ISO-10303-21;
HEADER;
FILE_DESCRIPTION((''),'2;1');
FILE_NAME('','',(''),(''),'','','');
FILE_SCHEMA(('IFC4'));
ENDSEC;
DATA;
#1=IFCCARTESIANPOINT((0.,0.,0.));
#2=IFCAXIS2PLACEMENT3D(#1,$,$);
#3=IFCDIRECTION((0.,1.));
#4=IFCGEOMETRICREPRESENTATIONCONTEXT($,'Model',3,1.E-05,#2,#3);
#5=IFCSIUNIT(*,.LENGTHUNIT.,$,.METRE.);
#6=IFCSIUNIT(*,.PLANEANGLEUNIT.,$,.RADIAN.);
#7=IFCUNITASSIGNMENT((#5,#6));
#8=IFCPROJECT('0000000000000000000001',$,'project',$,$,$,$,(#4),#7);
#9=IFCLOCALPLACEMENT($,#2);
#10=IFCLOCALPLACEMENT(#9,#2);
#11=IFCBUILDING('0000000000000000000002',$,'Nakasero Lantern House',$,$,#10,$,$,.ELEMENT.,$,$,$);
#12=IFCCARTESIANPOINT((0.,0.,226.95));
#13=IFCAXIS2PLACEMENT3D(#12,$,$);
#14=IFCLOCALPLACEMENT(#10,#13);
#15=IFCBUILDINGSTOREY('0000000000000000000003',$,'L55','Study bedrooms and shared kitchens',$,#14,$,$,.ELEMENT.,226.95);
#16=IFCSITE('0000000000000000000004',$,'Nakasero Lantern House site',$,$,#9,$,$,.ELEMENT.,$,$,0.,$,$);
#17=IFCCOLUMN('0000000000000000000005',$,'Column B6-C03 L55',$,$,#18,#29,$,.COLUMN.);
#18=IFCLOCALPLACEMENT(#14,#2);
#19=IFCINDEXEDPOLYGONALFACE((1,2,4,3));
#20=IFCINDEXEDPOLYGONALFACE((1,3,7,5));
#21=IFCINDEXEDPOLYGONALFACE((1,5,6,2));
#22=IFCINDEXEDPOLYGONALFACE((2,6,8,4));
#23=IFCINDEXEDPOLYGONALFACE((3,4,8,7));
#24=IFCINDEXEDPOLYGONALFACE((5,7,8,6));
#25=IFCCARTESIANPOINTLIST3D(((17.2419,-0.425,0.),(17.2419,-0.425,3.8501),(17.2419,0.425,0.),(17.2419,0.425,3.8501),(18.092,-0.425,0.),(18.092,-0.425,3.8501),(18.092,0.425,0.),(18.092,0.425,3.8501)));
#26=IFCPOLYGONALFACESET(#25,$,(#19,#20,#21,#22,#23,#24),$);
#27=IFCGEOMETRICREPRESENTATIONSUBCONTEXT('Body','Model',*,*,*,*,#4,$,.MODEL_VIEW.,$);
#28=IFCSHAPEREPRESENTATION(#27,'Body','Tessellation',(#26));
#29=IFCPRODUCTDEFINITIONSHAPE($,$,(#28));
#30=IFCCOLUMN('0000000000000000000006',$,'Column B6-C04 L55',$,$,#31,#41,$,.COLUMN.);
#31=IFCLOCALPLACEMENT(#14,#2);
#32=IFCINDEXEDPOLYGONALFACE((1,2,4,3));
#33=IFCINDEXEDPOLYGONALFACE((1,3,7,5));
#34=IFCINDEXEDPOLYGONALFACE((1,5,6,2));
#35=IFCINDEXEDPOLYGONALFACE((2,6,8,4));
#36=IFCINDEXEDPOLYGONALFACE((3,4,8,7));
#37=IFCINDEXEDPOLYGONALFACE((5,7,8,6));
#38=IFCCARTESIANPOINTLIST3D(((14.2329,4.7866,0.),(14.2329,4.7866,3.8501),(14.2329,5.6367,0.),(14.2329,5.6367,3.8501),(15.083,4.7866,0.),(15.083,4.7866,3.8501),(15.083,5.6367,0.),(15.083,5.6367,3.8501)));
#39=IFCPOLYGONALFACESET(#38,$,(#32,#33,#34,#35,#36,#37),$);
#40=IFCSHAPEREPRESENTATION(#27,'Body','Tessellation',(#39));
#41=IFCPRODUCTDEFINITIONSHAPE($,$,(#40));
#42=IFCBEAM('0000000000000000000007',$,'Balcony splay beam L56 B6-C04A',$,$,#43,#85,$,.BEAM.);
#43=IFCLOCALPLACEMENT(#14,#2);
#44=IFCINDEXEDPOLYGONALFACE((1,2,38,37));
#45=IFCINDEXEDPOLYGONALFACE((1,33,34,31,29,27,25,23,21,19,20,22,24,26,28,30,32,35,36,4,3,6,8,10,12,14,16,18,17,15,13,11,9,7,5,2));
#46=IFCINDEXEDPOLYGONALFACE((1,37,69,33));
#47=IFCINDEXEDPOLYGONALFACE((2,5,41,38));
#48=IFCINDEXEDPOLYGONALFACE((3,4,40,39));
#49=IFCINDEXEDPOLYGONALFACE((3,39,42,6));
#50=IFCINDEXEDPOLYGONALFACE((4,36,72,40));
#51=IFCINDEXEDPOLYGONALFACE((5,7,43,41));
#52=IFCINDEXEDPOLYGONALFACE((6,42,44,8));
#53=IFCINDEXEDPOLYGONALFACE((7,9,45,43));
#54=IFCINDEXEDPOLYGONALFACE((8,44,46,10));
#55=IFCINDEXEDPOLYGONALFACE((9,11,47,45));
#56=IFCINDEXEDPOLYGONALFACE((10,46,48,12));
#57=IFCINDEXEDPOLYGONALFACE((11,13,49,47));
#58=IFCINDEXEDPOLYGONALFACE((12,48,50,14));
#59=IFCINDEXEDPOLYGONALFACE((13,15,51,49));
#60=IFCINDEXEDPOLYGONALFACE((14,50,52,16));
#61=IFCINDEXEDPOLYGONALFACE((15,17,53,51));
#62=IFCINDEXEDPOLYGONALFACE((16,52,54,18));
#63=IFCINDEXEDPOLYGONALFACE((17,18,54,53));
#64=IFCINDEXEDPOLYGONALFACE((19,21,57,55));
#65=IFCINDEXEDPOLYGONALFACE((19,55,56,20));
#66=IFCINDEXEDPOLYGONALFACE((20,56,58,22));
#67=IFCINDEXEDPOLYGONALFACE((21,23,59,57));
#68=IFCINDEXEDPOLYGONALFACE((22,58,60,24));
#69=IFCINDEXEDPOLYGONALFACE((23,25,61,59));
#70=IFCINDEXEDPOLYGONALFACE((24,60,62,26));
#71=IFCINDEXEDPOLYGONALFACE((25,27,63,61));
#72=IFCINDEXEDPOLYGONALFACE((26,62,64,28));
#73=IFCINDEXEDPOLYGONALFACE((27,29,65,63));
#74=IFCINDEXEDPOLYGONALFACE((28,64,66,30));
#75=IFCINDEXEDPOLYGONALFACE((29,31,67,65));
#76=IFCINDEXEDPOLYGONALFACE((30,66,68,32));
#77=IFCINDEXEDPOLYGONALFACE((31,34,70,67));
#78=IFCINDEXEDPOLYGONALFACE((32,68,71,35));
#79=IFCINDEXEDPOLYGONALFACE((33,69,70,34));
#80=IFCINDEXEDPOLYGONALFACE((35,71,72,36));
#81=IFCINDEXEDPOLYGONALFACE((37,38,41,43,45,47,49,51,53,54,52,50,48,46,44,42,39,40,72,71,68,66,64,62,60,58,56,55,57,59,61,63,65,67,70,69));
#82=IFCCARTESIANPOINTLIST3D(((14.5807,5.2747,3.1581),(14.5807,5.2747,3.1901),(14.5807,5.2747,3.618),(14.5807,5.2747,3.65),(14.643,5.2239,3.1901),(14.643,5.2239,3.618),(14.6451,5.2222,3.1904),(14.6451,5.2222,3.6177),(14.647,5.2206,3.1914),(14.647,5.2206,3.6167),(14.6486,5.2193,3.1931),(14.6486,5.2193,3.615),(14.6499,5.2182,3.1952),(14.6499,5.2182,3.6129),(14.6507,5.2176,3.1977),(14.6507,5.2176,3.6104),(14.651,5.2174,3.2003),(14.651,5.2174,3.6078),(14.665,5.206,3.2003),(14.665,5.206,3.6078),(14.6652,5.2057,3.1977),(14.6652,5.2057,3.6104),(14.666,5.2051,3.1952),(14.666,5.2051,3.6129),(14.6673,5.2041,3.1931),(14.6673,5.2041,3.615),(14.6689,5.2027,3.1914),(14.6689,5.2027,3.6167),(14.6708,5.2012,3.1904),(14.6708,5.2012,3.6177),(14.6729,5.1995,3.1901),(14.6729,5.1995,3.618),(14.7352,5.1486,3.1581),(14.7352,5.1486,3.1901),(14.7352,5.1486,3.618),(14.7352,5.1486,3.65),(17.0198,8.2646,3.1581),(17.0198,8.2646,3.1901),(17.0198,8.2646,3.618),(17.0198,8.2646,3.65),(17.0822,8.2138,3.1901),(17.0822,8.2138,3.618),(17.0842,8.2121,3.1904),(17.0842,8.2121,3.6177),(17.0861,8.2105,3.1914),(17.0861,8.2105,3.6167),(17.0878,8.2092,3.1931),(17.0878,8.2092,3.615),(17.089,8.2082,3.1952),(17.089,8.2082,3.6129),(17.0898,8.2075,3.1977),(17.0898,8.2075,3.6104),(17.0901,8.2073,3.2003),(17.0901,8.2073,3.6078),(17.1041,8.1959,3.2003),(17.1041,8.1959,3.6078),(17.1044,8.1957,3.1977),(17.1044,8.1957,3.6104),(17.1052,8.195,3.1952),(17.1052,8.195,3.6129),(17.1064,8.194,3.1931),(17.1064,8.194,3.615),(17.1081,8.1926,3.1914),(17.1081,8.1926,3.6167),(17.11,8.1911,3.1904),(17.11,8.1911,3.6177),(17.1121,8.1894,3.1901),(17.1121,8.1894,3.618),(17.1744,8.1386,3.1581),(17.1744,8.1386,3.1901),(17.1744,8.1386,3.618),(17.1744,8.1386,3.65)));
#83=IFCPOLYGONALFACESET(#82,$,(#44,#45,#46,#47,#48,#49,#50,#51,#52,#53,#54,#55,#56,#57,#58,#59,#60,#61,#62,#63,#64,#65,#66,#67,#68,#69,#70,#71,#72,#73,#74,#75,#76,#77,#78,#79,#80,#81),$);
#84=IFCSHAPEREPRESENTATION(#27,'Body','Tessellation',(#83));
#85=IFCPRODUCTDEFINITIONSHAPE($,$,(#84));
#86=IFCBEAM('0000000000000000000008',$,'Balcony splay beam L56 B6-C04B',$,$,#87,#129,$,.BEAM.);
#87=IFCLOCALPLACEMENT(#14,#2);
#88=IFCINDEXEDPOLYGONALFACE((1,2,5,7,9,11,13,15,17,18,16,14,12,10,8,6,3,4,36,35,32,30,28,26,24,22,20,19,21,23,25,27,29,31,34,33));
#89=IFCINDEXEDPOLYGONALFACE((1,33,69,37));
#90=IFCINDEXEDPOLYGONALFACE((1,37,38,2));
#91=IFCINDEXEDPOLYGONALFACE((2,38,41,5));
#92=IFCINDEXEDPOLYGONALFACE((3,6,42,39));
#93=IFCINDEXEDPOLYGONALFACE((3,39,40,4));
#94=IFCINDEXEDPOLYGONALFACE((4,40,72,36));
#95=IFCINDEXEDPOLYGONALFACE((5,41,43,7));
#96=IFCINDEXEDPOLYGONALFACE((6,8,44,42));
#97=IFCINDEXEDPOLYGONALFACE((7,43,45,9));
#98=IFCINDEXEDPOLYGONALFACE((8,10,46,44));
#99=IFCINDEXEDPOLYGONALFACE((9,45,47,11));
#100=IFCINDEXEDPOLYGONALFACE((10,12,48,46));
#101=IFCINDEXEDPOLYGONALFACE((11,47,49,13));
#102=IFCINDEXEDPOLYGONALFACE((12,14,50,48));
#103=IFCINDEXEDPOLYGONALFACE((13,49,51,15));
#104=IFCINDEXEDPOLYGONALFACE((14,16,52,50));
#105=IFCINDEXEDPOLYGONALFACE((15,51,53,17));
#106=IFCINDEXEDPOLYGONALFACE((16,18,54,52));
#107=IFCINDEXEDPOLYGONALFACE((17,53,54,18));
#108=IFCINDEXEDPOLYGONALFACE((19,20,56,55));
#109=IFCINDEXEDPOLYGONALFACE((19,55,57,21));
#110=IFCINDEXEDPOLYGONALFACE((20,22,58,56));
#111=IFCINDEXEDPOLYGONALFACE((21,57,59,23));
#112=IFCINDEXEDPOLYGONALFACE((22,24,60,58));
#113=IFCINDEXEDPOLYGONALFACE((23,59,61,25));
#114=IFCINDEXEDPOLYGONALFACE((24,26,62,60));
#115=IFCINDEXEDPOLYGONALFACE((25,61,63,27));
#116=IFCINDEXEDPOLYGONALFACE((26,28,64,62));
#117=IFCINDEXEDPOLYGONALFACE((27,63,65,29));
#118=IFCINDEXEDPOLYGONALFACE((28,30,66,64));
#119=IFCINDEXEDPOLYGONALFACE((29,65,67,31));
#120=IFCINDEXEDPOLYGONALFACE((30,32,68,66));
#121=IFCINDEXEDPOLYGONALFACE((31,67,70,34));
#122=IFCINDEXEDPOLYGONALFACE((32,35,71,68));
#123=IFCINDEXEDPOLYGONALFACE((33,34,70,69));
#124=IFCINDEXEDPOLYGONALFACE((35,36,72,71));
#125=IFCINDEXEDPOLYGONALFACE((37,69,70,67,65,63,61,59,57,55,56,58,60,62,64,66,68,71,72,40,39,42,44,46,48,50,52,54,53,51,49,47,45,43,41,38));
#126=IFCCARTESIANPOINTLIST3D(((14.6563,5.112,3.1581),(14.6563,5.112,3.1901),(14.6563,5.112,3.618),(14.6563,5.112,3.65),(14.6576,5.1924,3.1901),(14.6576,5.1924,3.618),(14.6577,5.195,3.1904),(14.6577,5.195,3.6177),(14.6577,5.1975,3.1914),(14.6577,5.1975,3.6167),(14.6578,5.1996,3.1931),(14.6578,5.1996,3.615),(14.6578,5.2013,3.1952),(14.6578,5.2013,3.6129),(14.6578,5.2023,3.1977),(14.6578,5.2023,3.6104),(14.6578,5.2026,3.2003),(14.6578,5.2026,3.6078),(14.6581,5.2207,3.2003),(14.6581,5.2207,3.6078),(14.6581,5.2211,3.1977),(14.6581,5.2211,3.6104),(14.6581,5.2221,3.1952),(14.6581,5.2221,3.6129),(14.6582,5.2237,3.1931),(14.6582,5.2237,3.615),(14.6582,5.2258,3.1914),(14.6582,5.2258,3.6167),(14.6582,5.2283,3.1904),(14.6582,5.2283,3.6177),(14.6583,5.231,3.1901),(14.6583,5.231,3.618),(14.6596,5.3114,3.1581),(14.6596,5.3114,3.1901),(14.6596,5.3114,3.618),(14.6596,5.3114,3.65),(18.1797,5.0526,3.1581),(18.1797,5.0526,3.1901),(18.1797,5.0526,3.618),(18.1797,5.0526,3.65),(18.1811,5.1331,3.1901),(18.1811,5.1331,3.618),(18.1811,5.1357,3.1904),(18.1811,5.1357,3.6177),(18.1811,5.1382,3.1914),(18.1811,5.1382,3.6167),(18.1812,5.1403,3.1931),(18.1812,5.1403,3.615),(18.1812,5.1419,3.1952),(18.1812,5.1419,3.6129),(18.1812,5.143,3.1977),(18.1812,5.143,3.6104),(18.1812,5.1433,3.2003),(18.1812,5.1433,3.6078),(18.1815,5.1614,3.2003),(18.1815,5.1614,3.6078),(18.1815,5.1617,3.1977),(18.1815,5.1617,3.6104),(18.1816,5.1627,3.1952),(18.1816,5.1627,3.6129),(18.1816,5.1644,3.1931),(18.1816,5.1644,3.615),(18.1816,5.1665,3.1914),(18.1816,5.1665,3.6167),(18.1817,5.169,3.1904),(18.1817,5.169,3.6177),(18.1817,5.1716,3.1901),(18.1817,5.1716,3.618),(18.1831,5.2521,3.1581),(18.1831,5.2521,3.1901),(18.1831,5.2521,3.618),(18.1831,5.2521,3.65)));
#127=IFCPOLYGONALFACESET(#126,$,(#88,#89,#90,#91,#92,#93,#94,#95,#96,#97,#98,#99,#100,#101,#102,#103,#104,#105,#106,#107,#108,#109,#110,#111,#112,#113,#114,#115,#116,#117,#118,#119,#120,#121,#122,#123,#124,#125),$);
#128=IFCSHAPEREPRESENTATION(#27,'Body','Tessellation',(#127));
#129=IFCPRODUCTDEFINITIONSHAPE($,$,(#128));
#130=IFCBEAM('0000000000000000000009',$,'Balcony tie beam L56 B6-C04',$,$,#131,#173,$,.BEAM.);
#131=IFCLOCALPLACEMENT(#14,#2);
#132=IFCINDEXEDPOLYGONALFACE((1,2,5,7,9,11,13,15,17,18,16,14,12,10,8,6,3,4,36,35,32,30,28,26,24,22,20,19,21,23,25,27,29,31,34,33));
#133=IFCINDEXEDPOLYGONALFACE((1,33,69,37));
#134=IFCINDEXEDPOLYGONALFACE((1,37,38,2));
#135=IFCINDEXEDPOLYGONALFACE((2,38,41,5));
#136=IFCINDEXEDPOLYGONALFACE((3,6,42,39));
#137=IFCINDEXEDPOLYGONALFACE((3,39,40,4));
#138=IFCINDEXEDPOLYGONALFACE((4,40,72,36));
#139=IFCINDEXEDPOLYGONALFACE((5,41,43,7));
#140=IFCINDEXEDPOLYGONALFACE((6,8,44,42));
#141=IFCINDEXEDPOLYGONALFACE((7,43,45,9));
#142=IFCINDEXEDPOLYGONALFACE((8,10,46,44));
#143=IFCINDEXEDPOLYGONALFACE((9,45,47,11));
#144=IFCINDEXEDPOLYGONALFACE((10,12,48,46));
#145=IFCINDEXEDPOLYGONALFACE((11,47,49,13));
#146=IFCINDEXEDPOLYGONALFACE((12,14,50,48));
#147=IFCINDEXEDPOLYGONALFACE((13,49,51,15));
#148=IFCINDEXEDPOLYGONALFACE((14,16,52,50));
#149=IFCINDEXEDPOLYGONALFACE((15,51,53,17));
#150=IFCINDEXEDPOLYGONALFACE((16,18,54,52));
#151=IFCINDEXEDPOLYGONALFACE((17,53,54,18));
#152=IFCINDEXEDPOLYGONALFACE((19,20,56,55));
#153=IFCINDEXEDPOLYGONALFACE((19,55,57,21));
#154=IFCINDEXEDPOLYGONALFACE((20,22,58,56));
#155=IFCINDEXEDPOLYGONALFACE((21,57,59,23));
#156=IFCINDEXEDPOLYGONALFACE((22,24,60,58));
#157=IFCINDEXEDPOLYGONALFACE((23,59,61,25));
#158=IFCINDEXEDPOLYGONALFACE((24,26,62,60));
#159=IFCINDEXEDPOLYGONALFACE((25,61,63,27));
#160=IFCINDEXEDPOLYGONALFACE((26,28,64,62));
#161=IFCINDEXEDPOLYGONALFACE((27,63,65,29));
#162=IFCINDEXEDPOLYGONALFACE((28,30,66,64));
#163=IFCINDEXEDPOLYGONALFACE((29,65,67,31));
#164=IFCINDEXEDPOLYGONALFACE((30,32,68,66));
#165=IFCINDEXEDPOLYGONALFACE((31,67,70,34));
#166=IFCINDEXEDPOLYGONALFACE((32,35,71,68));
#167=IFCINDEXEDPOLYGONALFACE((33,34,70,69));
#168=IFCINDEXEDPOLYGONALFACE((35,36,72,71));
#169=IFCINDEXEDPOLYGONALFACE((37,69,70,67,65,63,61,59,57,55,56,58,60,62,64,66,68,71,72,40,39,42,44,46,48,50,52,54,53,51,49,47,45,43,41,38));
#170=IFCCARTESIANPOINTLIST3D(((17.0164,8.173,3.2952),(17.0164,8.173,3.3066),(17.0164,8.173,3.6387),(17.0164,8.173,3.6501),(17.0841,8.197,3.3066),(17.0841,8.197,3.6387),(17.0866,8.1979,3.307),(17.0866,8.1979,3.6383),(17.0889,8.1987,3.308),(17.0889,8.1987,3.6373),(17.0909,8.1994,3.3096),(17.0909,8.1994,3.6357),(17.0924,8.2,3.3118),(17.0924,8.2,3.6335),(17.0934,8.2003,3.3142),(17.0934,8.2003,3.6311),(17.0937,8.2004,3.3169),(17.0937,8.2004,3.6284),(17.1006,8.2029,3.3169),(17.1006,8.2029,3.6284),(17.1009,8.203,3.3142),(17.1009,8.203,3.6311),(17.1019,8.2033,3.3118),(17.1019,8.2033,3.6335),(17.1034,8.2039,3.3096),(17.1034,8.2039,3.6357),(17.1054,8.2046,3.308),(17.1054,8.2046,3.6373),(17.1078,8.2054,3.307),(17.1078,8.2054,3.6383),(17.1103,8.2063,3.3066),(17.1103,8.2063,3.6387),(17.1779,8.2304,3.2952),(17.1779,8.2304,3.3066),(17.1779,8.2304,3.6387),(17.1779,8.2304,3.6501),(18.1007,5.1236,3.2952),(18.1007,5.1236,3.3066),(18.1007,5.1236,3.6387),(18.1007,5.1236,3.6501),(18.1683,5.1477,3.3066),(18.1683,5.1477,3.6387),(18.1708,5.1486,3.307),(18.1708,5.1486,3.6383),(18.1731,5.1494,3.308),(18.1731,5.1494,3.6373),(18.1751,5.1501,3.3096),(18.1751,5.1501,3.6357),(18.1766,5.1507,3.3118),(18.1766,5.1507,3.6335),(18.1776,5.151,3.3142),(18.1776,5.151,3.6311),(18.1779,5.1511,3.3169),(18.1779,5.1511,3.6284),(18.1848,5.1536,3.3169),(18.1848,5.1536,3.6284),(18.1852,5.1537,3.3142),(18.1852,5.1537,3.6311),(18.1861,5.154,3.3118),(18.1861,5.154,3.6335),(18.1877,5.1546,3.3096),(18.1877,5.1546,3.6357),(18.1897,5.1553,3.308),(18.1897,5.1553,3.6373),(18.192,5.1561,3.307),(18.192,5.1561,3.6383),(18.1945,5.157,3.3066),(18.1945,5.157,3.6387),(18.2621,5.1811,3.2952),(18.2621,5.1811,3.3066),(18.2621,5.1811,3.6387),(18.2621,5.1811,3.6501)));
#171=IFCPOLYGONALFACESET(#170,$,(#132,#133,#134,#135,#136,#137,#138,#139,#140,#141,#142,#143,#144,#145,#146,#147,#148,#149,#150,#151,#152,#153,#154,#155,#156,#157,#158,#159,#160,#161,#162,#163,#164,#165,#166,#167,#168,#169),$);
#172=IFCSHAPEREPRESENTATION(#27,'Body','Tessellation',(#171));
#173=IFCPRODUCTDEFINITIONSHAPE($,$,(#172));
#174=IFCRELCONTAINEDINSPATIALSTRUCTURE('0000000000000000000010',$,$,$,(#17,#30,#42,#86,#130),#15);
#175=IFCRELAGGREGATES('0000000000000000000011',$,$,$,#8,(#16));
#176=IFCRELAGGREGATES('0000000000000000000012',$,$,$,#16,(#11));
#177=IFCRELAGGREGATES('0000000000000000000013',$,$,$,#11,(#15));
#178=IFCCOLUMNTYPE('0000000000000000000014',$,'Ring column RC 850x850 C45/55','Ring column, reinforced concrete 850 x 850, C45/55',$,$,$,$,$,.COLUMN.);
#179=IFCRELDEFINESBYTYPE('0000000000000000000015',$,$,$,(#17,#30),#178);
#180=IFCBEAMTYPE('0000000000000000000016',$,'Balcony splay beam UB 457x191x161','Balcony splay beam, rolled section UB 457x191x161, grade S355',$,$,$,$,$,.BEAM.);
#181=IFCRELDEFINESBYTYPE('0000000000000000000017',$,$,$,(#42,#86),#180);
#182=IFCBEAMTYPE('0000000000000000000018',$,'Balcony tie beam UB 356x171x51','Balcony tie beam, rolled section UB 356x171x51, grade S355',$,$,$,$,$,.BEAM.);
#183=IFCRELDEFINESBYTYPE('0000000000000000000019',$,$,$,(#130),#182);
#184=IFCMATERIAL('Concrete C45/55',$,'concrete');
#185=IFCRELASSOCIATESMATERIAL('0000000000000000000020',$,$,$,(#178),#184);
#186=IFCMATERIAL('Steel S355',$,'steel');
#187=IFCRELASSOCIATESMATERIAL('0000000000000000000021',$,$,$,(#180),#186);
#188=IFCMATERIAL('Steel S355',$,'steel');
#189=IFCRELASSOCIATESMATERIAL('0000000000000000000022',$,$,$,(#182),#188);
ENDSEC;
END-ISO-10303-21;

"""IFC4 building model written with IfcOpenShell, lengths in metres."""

from ifc_helpers import new_model, si_unit, direction, frame, origin, origin_2d, place, context, subcontext, project, spatial, rectangle, i_section, extrude, material, material_profile, profile_set, type_object, element, save


model = new_model("IFC4")

# Units and contexts
model_context = context("Model", 3, precision=1e-05, world=origin(), true_north=direction((0.0, 1.0)))
body_context = subcontext(model_context, "Body", "Model", "MODEL_VIEW")
ifc_project = project(units=[si_unit("LENGTHUNIT", "METRE"), si_unit("PLANEANGLEUNIT", "RADIAN")], contexts=[model_context])

# Site, building, storey
site_placement = place(None, origin())
site = spatial("IfcSite", under=ifc_project, at=site_placement, Name="Nakasero Lantern House site", CompositionType="ELEMENT", RefElevation=0.0)
building_placement = place(site_placement, origin())
building = spatial("IfcBuilding", under=site, at=building_placement, Name="Nakasero Lantern House", CompositionType="ELEMENT")
storey_placement = place(building_placement, frame((0.0, 0.0, 226.95)))
storey = spatial("IfcBuildingStorey", under=building, at=storey_placement, Name="L55", Description="Study bedrooms and shared kitchens", CompositionType="ELEMENT", Elevation=226.95)

# Columns
ifc_material_1 = material(Name="Concrete C45/55", Category="concrete")
ifc_material_profile_1 = material_profile(ifc_material_1, rectangle(XDim=0.8501, YDim=0.8501, at=origin_2d()), Name="RC 850x850")
ifc_profile_set_1 = profile_set([ifc_material_profile_1], Name="Concrete C45/55")
column_type = type_object("IfcColumnType", Name="Ring column RC 850x850 C45/55", Description="Ring column, reinforced concrete 850 x 850, C45/55", PredefinedType="COLUMN", material=ifc_profile_set_1)
for number, where, z_axis, x_axis, name in (
    (1, (17.667, 0.0, 0.0), (0.0, 0.0, 1.0), (1.0, 0.0, 0.0), "Column B6-C03 L55"),
    (2, (14.658, 5.2117, 0.0), (0.0, 0.0, 1.0), (1.0, 0.0, 0.0), "Column B6-C04 L55"),
):
    element("IfcColumn", number, at=place(storey_placement, frame(where, z_axis=z_axis, x_axis=x_axis)), inside=storey, type_object=column_type, Name=name, PredefinedType="COLUMN", context=body_context, shape_type="SweptSolid", body=[
        extrude(rectangle(XDim=0.8501, YDim=0.8501, at=origin_2d()), origin(), (0.0, 0.0, 1.0), 3.8501),
    ])

# Beams
ifc_material_2 = material(Name="Steel S355", Category="steel")
ifc_material_profile_2 = material_profile(ifc_material_2, i_section(OverallWidth=0.1995, OverallDepth=0.4919, WebThickness=0.0181, FlangeThickness=0.032, FilletRadius=0.0103, at=origin_2d()), Name="UB 457x191x161")
ifc_profile_set_2 = profile_set([ifc_material_profile_2], Name="Steel S355")
beam_type_1 = type_object("IfcBeamType", Name="Balcony splay beam UB 457x191x161", Description="Balcony splay beam, rolled section UB 457x191x161, grade S355", PredefinedType="BEAM", material=ifc_profile_set_2)
beam_1_placement = place(storey_placement, frame((14.658, 5.2117, 3.4041), z_axis=(0.632128, 0.774864, 0.0), x_axis=(-0.774864, 0.632128, 0.0)))
element("IfcBeam", 3, at=beam_1_placement, inside=storey, type_object=beam_type_1, Name="Balcony splay beam L56 B6-C04A", PredefinedType="BEAM", context=body_context, shape_type="SweptSolid", body=[
    extrude(i_section(OverallWidth=0.1995, OverallDepth=0.4919, WebThickness=0.0181, FlangeThickness=0.032, FilletRadius=0.0103, at=origin_2d()), origin(), (0.0, 0.0, 1.0), 3.8586),
])
beam_2_placement = place(storey_placement, frame((14.658, 5.2117, 3.4041), z_axis=(0.999858, -0.016835, 0.0), x_axis=(0.016835, 0.999858, 0.0)))
element("IfcBeam", 4, at=beam_2_placement, inside=storey, type_object=beam_type_1, Name="Balcony splay beam L56 B6-C04B", PredefinedType="BEAM", context=body_context, shape_type="SweptSolid", body=[
    extrude(i_section(OverallWidth=0.1995, OverallDepth=0.4919, WebThickness=0.0181, FlangeThickness=0.032, FilletRadius=0.0103, at=origin_2d()), origin(), (0.0, 0.0, 1.0), 3.5239),
])
ifc_material_3 = material(Name="Steel S355", Category="steel")
ifc_material_profile_3 = material_profile(ifc_material_3, i_section(OverallWidth=0.1714, OverallDepth=0.355, WebThickness=0.0073, FlangeThickness=0.0115, FilletRadius=0.0103, at=origin_2d()), Name="UB 356x171x51")
ifc_profile_set_3 = profile_set([ifc_material_profile_3], Name="Steel S355")
beam_type_2 = type_object("IfcBeamType", Name="Balcony tie beam UB 356x171x51", Description="Balcony tie beam, rolled section UB 356x171x51, grade S355", PredefinedType="BEAM", material=ifc_profile_set_3)
beam_3_placement = place(storey_placement, frame((17.0972, 8.2017, 3.4727), z_axis=(0.335017, -0.942212, 0.0), x_axis=(0.942212, 0.335017, 0.0)))
element("IfcBeam", 5, at=beam_3_placement, inside=storey, type_object=beam_type_2, Name="Balcony tie beam L56 B6-C04", PredefinedType="BEAM", context=body_context, shape_type="SweptSolid", body=[
    extrude(i_section(OverallWidth=0.1714, OverallDepth=0.355, WebThickness=0.0073, FlangeThickness=0.0115, FilletRadius=0.0103, at=origin_2d()), origin(), (0.0, 0.0, 1.0), 3.2363),
])

save(model, "model.ifc")
